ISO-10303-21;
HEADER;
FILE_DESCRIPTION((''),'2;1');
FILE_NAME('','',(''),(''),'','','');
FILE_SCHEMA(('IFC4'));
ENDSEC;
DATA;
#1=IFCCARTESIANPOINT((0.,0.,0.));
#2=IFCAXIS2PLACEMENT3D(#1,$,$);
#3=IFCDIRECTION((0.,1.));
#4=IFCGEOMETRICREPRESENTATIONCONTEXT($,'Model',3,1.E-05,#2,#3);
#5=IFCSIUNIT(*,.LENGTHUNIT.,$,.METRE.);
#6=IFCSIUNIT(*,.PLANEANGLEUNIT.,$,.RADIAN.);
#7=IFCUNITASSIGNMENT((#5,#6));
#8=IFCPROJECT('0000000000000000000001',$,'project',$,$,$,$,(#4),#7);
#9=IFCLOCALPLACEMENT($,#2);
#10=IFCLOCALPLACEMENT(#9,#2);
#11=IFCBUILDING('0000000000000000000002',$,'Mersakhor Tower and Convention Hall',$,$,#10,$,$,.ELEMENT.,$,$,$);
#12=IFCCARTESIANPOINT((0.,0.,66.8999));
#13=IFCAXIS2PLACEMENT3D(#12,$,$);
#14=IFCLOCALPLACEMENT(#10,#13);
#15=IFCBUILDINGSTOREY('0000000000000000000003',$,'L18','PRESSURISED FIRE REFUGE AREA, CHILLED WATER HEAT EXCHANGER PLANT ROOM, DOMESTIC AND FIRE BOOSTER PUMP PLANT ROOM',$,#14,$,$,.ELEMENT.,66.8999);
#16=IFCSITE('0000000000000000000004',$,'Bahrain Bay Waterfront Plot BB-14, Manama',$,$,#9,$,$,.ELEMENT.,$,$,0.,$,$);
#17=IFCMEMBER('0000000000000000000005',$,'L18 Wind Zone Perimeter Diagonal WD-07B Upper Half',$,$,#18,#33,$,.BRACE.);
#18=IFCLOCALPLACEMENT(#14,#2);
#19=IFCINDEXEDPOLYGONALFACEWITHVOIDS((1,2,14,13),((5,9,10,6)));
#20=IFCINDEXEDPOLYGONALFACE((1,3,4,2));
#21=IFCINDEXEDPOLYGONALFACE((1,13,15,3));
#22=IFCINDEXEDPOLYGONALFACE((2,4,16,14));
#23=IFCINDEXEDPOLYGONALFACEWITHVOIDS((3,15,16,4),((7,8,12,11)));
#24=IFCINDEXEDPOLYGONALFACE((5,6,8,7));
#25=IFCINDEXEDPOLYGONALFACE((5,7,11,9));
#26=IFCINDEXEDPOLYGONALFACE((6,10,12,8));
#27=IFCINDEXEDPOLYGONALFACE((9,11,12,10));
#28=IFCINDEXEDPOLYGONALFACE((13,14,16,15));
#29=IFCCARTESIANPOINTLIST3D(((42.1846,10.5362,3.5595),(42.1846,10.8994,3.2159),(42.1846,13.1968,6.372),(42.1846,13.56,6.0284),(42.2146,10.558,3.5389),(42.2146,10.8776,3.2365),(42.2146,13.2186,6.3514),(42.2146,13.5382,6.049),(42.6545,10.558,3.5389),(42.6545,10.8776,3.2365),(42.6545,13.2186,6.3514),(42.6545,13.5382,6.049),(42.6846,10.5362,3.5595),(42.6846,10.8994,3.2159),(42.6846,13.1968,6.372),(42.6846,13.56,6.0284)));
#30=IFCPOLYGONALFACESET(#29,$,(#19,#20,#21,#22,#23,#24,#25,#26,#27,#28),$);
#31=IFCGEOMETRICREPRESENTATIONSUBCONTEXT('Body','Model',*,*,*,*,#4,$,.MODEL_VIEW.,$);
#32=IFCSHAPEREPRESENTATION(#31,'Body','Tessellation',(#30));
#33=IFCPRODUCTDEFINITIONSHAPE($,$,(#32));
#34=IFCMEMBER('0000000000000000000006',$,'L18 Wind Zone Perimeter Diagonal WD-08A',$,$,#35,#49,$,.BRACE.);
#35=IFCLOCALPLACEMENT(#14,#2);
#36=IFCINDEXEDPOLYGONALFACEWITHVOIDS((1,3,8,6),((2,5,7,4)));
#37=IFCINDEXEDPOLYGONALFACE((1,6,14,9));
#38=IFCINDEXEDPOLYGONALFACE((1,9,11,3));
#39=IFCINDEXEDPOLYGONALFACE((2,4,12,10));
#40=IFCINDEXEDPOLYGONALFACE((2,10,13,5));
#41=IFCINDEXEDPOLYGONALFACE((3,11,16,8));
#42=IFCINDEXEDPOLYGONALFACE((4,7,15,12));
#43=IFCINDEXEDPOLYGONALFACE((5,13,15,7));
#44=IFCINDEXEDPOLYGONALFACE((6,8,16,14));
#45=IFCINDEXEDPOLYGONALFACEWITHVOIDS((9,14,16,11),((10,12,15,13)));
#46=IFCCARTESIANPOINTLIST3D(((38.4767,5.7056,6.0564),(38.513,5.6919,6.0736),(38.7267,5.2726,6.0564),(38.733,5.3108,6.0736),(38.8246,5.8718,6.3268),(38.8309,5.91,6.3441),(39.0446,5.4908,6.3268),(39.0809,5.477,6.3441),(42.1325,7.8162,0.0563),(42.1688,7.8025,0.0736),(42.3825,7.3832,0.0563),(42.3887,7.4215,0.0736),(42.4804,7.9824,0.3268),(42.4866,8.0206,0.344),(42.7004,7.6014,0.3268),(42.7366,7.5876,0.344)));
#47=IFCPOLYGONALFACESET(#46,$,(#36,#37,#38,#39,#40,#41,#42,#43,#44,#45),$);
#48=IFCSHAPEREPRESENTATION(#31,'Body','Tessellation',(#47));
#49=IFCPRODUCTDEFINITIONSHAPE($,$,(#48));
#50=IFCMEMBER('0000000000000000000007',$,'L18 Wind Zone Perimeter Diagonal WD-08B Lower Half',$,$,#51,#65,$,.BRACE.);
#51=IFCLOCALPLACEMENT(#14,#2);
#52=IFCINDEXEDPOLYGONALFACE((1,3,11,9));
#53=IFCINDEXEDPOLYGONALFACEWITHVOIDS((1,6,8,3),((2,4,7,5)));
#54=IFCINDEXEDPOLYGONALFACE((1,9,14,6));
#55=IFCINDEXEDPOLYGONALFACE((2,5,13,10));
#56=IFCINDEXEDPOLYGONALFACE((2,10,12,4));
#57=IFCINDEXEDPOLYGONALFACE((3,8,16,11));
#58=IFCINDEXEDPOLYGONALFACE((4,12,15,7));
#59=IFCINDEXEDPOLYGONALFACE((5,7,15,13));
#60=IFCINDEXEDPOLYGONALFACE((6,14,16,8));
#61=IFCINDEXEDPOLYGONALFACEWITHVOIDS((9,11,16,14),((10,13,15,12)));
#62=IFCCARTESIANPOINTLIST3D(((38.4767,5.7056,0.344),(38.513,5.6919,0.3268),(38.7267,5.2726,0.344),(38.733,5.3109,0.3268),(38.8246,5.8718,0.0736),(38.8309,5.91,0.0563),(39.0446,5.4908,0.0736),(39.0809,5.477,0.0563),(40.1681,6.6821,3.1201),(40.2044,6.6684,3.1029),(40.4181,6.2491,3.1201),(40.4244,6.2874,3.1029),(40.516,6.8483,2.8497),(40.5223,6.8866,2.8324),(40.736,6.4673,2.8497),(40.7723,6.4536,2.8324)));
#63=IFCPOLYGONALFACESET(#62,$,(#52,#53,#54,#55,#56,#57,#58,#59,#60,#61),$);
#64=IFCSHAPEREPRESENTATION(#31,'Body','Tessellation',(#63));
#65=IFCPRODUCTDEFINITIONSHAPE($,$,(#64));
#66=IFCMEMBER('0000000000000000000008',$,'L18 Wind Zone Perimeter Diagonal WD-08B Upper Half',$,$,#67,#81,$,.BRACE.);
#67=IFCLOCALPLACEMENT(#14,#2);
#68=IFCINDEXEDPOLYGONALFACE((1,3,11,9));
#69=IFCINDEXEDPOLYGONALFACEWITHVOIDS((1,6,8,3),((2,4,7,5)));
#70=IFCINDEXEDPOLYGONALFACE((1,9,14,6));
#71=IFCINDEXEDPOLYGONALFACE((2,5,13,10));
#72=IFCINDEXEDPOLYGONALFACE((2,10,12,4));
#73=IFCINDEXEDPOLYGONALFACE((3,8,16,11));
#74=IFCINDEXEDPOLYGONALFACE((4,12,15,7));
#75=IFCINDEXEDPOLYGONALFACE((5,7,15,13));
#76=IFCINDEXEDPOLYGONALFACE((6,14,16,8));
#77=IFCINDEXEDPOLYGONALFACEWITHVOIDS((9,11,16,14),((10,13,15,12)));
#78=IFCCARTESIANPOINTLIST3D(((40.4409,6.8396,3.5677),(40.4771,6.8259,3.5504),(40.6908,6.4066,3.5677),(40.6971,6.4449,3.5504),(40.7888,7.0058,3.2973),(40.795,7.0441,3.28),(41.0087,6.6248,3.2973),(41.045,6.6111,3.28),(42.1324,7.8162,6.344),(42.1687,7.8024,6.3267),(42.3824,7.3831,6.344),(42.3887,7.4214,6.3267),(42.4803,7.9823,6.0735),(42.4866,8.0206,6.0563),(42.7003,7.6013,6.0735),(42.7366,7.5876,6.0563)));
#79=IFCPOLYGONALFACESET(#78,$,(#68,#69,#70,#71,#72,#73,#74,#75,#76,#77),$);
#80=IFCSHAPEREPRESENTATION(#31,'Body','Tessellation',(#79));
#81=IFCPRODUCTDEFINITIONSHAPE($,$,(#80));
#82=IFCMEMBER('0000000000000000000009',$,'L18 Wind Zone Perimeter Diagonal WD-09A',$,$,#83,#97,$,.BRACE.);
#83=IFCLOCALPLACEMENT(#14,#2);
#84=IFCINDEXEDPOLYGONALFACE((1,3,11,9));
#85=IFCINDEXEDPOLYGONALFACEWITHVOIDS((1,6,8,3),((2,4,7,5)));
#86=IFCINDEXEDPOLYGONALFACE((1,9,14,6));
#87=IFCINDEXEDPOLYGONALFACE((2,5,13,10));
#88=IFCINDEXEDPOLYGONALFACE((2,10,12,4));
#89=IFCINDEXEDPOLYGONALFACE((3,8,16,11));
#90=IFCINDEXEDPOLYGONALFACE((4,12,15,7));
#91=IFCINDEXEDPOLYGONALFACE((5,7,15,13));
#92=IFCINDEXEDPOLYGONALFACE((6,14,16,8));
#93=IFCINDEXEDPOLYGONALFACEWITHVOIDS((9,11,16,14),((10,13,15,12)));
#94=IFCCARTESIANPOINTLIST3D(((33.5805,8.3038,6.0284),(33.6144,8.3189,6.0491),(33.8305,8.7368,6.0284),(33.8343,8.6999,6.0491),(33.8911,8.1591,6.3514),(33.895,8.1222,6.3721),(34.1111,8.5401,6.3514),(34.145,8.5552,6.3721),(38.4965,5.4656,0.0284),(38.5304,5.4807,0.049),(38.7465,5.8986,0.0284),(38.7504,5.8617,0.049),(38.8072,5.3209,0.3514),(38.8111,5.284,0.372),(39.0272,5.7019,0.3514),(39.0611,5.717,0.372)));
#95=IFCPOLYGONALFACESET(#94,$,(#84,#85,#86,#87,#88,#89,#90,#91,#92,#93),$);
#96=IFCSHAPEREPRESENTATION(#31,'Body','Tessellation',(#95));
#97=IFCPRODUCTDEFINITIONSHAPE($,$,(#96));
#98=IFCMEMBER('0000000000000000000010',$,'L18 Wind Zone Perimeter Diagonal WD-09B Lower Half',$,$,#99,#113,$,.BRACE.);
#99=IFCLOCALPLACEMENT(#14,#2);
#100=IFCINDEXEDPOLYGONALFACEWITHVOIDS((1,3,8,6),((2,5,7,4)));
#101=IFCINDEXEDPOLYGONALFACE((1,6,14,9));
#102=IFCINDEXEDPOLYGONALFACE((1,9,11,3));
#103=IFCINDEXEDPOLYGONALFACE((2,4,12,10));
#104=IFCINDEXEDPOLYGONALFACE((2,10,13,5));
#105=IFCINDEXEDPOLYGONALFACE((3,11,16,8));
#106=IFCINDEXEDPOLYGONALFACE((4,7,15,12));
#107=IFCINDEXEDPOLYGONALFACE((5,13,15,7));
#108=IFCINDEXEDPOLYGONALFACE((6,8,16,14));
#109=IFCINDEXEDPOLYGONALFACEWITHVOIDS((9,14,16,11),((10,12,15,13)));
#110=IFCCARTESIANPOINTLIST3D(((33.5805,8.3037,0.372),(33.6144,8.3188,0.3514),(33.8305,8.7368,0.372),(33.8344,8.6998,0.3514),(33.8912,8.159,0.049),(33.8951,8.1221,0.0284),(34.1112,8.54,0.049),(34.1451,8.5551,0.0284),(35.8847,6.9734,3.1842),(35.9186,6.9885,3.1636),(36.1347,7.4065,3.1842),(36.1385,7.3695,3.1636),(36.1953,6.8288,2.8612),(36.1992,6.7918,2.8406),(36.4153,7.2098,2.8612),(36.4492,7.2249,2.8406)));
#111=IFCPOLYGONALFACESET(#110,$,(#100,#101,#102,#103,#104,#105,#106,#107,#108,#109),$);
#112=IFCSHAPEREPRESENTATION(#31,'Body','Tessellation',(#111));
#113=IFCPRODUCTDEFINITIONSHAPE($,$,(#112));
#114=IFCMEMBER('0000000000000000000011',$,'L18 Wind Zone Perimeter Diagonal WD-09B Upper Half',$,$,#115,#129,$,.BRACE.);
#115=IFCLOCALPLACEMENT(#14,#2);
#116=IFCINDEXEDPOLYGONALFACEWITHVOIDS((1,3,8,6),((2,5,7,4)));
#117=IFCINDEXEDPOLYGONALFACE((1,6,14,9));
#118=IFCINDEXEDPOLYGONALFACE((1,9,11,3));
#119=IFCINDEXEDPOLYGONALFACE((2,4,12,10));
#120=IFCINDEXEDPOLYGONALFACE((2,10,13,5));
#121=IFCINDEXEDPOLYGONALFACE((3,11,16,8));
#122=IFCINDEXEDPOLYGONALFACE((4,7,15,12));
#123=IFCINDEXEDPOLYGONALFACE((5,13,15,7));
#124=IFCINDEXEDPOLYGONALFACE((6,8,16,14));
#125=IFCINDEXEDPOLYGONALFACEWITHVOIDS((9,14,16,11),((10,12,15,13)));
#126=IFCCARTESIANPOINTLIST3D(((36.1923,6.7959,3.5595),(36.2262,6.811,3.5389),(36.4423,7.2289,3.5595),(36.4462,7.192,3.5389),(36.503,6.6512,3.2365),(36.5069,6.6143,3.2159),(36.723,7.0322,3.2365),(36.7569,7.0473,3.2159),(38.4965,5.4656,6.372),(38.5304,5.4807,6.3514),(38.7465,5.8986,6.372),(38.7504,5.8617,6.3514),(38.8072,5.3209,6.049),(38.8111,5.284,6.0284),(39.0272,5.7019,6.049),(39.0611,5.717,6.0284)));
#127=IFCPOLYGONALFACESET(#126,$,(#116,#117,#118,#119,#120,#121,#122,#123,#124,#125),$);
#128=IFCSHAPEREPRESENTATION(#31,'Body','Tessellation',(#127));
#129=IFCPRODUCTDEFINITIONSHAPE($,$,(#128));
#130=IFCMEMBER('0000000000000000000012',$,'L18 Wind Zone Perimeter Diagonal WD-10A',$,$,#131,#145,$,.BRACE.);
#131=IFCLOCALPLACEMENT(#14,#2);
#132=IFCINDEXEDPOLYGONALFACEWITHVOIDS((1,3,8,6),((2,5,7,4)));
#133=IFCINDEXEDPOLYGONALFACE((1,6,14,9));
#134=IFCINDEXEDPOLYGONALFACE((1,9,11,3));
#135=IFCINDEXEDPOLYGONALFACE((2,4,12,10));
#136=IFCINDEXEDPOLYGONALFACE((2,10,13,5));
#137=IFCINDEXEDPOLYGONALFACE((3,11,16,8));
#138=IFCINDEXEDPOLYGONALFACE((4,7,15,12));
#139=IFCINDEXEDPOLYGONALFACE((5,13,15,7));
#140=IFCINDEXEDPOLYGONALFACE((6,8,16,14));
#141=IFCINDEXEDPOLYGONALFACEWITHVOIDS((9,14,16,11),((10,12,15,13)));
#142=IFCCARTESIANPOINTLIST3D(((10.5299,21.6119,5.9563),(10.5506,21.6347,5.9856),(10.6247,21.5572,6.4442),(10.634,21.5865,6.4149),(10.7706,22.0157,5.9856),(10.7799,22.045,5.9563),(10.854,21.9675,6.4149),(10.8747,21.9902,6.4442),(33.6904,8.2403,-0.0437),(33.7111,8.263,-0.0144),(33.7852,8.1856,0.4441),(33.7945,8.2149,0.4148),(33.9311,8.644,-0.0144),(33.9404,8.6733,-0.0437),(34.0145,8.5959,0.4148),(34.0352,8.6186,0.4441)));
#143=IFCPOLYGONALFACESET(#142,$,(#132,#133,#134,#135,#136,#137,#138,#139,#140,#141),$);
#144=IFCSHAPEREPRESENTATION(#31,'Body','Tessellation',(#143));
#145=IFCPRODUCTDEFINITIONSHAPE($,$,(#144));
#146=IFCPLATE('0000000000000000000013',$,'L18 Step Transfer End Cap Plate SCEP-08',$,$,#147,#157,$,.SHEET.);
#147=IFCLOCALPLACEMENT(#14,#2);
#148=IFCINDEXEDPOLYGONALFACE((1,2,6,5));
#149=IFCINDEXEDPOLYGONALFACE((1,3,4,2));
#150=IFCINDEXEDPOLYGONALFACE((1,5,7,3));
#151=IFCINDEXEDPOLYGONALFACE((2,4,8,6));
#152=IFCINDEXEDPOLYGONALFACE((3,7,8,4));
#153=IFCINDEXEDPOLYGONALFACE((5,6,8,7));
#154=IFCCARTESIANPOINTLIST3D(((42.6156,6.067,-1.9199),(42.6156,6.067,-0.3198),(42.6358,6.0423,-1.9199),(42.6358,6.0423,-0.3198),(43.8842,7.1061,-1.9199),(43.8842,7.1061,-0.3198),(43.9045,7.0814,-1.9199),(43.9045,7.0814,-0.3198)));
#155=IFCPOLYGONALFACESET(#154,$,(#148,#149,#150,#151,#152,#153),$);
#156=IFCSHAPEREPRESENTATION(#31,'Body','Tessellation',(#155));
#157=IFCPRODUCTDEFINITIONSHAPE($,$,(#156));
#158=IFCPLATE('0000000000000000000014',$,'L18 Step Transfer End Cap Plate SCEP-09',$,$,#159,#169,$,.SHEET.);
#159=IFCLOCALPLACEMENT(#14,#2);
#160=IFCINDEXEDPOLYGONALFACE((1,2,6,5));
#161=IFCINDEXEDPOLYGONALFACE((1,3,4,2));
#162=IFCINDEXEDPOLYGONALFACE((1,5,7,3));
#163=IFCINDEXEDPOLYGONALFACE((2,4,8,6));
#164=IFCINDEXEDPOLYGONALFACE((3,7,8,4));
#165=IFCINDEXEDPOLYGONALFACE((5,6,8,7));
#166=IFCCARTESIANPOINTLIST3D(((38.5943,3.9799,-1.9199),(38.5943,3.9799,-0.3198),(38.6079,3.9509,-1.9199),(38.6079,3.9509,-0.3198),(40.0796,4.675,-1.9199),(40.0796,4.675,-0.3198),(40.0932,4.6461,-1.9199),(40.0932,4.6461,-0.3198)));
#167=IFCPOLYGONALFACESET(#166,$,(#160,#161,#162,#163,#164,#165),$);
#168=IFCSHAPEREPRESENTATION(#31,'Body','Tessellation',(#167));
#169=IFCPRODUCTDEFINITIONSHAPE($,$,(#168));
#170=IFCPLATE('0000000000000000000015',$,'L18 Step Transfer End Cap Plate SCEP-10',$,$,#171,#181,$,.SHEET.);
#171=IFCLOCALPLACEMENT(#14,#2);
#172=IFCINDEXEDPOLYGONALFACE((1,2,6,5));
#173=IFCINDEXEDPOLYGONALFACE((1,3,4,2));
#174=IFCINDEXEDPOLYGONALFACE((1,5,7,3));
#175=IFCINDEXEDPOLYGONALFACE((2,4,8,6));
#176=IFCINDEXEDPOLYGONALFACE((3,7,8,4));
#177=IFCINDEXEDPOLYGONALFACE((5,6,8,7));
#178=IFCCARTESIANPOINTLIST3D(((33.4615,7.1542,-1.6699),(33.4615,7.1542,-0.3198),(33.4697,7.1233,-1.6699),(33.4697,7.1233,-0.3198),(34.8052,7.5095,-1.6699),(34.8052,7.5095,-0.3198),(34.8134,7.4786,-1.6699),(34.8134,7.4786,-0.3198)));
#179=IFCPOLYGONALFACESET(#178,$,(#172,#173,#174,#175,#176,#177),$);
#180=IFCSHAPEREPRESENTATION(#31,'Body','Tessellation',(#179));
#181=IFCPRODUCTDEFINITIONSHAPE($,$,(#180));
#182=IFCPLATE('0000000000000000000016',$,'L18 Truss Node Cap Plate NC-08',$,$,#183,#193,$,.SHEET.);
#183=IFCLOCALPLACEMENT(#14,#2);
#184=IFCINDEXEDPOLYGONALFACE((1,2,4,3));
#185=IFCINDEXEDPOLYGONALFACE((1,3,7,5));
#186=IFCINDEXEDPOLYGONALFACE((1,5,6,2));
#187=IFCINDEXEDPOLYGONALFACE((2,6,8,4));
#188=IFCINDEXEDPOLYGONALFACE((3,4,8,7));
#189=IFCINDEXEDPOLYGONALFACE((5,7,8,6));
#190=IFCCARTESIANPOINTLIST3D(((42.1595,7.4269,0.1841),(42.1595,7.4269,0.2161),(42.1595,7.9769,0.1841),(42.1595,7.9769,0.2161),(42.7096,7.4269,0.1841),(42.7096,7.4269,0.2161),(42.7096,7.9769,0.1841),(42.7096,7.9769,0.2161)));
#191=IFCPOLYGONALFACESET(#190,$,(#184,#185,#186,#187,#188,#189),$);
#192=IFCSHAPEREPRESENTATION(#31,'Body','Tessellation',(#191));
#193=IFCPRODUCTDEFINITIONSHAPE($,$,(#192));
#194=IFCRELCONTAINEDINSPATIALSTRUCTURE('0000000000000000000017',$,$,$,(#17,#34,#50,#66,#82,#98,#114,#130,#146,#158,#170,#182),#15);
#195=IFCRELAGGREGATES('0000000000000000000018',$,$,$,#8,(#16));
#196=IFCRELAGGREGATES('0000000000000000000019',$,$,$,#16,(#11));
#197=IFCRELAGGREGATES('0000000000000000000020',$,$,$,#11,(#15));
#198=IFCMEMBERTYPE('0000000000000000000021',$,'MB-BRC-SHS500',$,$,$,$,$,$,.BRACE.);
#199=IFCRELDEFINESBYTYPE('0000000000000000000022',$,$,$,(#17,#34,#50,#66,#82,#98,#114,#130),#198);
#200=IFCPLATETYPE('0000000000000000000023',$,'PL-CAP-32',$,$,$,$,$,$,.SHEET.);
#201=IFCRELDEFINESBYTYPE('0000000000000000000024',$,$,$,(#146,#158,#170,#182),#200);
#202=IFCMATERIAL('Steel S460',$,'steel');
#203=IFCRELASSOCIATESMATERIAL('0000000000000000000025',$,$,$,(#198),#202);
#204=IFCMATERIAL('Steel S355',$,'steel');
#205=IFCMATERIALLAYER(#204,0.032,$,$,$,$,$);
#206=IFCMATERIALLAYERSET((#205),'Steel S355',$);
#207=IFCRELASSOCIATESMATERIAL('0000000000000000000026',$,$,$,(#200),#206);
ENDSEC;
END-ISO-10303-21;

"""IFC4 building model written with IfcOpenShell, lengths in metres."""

from ifc_helpers import new_model, si_unit, direction, frame, origin, origin_2d, place, context, subcontext, project, spatial, rectangle, hollow_rectangle, extrude, material, layer, layer_set, material_profile, profile_set, type_object, element, save


model = new_model("IFC4")

# Units and contexts
model_context = context("Model", 3, precision=1e-05, world=origin(), true_north=direction((0.0, 1.0)))
body_context = subcontext(model_context, "Body", "Model", "MODEL_VIEW")
ifc_project = project(units=[si_unit("LENGTHUNIT", "METRE"), si_unit("PLANEANGLEUNIT", "RADIAN")], contexts=[model_context])

# Site, building, storey
site_placement = place(None, origin())
site = spatial("IfcSite", under=ifc_project, at=site_placement, Name="Bahrain Bay Waterfront Plot BB-14, Manama", CompositionType="ELEMENT", RefElevation=0.0)
building_placement = place(site_placement, origin())
building = spatial("IfcBuilding", under=site, at=building_placement, Name="Mersakhor Tower and Convention Hall", CompositionType="ELEMENT")
storey_placement = place(building_placement, frame((0.0, 0.0, 66.8999)))
storey = spatial("IfcBuildingStorey", under=building, at=storey_placement, Name="L18", Description="PRESSURISED FIRE REFUGE AREA, CHILLED WATER HEAT EXCHANGER PLANT ROOM, DOMESTIC AND FIRE BOOSTER PUMP PLANT ROOM", CompositionType="ELEMENT", Elevation=66.8999)

# Members
ifc_material_1 = material(Name="Steel S460", Category="steel")
ifc_material_profile_1 = material_profile(ifc_material_1, hollow_rectangle(XDim=0.5, YDim=0.5, WallThickness=0.03, at=origin_2d()), Name="SHS 500x500x30")
ifc_profile_set_1 = profile_set([ifc_material_profile_1], Name="Steel S460")
member_type = type_object("IfcMemberType", Name="MB-BRC-SHS500", PredefinedType="BRACE", material=ifc_profile_set_1)
member_1_placement = place(storey_placement, frame((42.4346, 10.7178, 3.3877), z_axis=(0.0, 0.687223, 0.726446), x_axis=(-1.0, 0.0, 0.0)))
element("IfcMember", 1, at=member_1_placement, inside=storey, type_object=member_type, Name="L18 Wind Zone Perimeter Diagonal WD-07B Upper Half", PredefinedType="BRACE", context=body_context, shape_type="SweptSolid", body=[
    extrude(hollow_rectangle(XDim=0.5, YDim=0.5, WallThickness=0.03, at=origin_2d()), origin(), (0.0, 0.0, 1.0), 3.8716),
])
member_2_placement = place(storey_placement, frame((42.4346, 7.7019, 0.2002), z_axis=(-0.498321, -0.287698, 0.817867), x_axis=(0.499989, -0.866031, 0.0)))
element("IfcMember", 2, at=member_2_placement, inside=storey, type_object=member_type, Name="L18 Wind Zone Perimeter Diagonal WD-08A", PredefinedType="BRACE", context=body_context, shape_type="SweptSolid", body=[
    extrude(hollow_rectangle(XDim=0.5, YDim=0.5, WallThickness=0.03, at=origin_2d()), origin(), (0.0, 0.0, 1.0), 7.3362),
])
member_3_placement = place(storey_placement, frame((38.7788, 5.5913, 0.2002), z_axis=(0.498305, 0.287705, 0.817874), x_axis=(-0.500011, 0.866019, 0.0)))
element("IfcMember", 3, at=member_3_placement, inside=storey, type_object=member_type, Name="L18 Wind Zone Perimeter Diagonal WD-08B Lower Half", PredefinedType="BRACE", context=body_context, shape_type="SweptSolid", body=[
    extrude(hollow_rectangle(XDim=0.5, YDim=0.5, WallThickness=0.03, at=origin_2d()), origin(), (0.0, 0.0, 1.0), 3.3943),
])
member_4_placement = place(storey_placement, frame((40.7429, 6.7253, 3.4238), z_axis=(0.49833, 0.287678, 0.817868), x_axis=(-0.499957, 0.86605, 0.0)))
element("IfcMember", 4, at=member_4_placement, inside=storey, type_object=member_type, Name="L18 Wind Zone Perimeter Diagonal WD-08B Upper Half", PredefinedType="BRACE", context=body_context, shape_type="SweptSolid", body=[
    extrude(hollow_rectangle(XDim=0.5, YDim=0.5, WallThickness=0.03, at=origin_2d()), origin(), (0.0, 0.0, 1.0), 3.3945),
])
member_5_placement = place(storey_placement, frame((38.7788, 5.5913, 0.2002), z_axis=(-0.595183, 0.343613, 0.726421), x_axis=(-0.499983, -0.866035, 0.0)))
element("IfcMember", 5, at=member_5_placement, inside=storey, type_object=member_type, Name="L18 Wind Zone Perimeter Diagonal WD-09A", PredefinedType="BRACE", context=body_context, shape_type="SweptSolid", body=[
    extrude(hollow_rectangle(XDim=0.5, YDim=0.5, WallThickness=0.03, at=origin_2d()), origin(), (0.0, 0.0, 1.0), 8.2598),
])
member_6_placement = place(storey_placement, frame((33.8628, 8.4294, 0.2002), z_axis=(0.595182, -0.343627, 0.726415), x_axis=(0.499998, 0.866027, 0.0)))
element("IfcMember", 6, at=member_6_placement, inside=storey, type_object=member_type, Name="L18 Wind Zone Perimeter Diagonal WD-09B Lower Half", PredefinedType="BRACE", context=body_context, shape_type="SweptSolid", body=[
    extrude(hollow_rectangle(XDim=0.5, YDim=0.5, WallThickness=0.03, at=origin_2d()), origin(), (0.0, 0.0, 1.0), 3.8713),
])
member_7_placement = place(storey_placement, frame((36.4746, 6.9216, 3.3877), z_axis=(0.595155, -0.343611, 0.726445), x_axis=(0.499998, 0.866027, 0.0)))
element("IfcMember", 7, at=member_7_placement, inside=storey, type_object=member_type, Name="L18 Wind Zone Perimeter Diagonal WD-09B Upper Half", PredefinedType="BRACE", context=body_context, shape_type="SweptSolid", body=[
    extrude(hollow_rectangle(XDim=0.5, YDim=0.5, WallThickness=0.03, at=origin_2d()), origin(), (0.0, 0.0, 1.0), 3.8716),
])
member_8_placement = place(storey_placement, frame((33.8628, 8.4294, 0.2002), z_axis=(-0.845021, 0.48787, 0.218913), x_axis=(-0.499998, -0.866027, 0.0)))
element("IfcMember", 8, at=member_8_placement, inside=storey, type_object=member_type, Name="L18 Wind Zone Perimeter Diagonal WD-10A", PredefinedType="BRACE", context=body_context, shape_type="SweptSolid", body=[
    extrude(hollow_rectangle(XDim=0.5, YDim=0.5, WallThickness=0.03, at=origin_2d()), origin(), (0.0, 0.0, 1.0), 27.4082),
])

# Plates
ifc_material_2 = material(Name="Steel S355", Category="steel")
ifc_layer_1 = layer(ifc_material_2, 0.032)
ifc_layer_set_1 = layer_set([ifc_layer_1], Name="Steel S355")
plate_type_1 = type_object("IfcPlateType", Name="PL-CAP-32", PredefinedType="SHEET", material=ifc_layer_set_1)
for number, where, z_axis, x_axis, name in (
    (9, (43.26, 6.5742, -1.9199), (0.0, 0.0, 1.0), (-0.633651, 0.773619, 0.0), "L18 Step Transfer End Cap Plate SCEP-08"),
    (10, (39.3438, 4.313, -1.9199), (0.0, 0.0, 1.0), (-0.423883, 0.905717, 0.0), "L18 Step Transfer End Cap Plate SCEP-09"),
):
    element("IfcPlate", number, at=place(storey_placement, frame(where, z_axis=z_axis, x_axis=x_axis)), inside=storey, type_object=plate_type_1, Name=name, PredefinedType="SHEET", context=body_context, shape_type="SweptSolid", body=[
        extrude(rectangle(XDim=0.032, YDim=1.6399, at=origin_2d()), origin(), (0.0, 0.0, 1.0), 1.6001),
    ])
plate_placement = place(storey_placement, frame((34.1375, 7.3164, -1.6699), z_axis=(0.0, 0.0, 1.0), x_axis=(-0.255614, 0.966779, 0.0)))
element("IfcPlate", 11, at=plate_placement, inside=storey, type_object=plate_type_1, Name="L18 Step Transfer End Cap Plate SCEP-10", PredefinedType="SHEET", context=body_context, shape_type="SweptSolid", body=[
    extrude(rectangle(XDim=0.032, YDim=1.3899, at=origin_2d()), origin(), (0.0, 0.0, 1.0), 1.3501),
])
for number, where, z_axis, x_axis, name in (
    (12, (42.4346, 7.7019, 0.1841), (0.0, 0.0, 1.0), (1.0, 0.0, 0.0), "L18 Truss Node Cap Plate NC-08"),
):
    element("IfcPlate", number, at=place(storey_placement, frame(where, z_axis=z_axis, x_axis=x_axis)), inside=storey, type_object=plate_type_1, Name=name, PredefinedType="SHEET", context=body_context, shape_type="SweptSolid", body=[
        extrude(rectangle(XDim=0.55, YDim=0.55, at=origin_2d()), origin(), (0.0, 0.0, 1.0), 0.032),
    ])

save(model, "model.ifc")
